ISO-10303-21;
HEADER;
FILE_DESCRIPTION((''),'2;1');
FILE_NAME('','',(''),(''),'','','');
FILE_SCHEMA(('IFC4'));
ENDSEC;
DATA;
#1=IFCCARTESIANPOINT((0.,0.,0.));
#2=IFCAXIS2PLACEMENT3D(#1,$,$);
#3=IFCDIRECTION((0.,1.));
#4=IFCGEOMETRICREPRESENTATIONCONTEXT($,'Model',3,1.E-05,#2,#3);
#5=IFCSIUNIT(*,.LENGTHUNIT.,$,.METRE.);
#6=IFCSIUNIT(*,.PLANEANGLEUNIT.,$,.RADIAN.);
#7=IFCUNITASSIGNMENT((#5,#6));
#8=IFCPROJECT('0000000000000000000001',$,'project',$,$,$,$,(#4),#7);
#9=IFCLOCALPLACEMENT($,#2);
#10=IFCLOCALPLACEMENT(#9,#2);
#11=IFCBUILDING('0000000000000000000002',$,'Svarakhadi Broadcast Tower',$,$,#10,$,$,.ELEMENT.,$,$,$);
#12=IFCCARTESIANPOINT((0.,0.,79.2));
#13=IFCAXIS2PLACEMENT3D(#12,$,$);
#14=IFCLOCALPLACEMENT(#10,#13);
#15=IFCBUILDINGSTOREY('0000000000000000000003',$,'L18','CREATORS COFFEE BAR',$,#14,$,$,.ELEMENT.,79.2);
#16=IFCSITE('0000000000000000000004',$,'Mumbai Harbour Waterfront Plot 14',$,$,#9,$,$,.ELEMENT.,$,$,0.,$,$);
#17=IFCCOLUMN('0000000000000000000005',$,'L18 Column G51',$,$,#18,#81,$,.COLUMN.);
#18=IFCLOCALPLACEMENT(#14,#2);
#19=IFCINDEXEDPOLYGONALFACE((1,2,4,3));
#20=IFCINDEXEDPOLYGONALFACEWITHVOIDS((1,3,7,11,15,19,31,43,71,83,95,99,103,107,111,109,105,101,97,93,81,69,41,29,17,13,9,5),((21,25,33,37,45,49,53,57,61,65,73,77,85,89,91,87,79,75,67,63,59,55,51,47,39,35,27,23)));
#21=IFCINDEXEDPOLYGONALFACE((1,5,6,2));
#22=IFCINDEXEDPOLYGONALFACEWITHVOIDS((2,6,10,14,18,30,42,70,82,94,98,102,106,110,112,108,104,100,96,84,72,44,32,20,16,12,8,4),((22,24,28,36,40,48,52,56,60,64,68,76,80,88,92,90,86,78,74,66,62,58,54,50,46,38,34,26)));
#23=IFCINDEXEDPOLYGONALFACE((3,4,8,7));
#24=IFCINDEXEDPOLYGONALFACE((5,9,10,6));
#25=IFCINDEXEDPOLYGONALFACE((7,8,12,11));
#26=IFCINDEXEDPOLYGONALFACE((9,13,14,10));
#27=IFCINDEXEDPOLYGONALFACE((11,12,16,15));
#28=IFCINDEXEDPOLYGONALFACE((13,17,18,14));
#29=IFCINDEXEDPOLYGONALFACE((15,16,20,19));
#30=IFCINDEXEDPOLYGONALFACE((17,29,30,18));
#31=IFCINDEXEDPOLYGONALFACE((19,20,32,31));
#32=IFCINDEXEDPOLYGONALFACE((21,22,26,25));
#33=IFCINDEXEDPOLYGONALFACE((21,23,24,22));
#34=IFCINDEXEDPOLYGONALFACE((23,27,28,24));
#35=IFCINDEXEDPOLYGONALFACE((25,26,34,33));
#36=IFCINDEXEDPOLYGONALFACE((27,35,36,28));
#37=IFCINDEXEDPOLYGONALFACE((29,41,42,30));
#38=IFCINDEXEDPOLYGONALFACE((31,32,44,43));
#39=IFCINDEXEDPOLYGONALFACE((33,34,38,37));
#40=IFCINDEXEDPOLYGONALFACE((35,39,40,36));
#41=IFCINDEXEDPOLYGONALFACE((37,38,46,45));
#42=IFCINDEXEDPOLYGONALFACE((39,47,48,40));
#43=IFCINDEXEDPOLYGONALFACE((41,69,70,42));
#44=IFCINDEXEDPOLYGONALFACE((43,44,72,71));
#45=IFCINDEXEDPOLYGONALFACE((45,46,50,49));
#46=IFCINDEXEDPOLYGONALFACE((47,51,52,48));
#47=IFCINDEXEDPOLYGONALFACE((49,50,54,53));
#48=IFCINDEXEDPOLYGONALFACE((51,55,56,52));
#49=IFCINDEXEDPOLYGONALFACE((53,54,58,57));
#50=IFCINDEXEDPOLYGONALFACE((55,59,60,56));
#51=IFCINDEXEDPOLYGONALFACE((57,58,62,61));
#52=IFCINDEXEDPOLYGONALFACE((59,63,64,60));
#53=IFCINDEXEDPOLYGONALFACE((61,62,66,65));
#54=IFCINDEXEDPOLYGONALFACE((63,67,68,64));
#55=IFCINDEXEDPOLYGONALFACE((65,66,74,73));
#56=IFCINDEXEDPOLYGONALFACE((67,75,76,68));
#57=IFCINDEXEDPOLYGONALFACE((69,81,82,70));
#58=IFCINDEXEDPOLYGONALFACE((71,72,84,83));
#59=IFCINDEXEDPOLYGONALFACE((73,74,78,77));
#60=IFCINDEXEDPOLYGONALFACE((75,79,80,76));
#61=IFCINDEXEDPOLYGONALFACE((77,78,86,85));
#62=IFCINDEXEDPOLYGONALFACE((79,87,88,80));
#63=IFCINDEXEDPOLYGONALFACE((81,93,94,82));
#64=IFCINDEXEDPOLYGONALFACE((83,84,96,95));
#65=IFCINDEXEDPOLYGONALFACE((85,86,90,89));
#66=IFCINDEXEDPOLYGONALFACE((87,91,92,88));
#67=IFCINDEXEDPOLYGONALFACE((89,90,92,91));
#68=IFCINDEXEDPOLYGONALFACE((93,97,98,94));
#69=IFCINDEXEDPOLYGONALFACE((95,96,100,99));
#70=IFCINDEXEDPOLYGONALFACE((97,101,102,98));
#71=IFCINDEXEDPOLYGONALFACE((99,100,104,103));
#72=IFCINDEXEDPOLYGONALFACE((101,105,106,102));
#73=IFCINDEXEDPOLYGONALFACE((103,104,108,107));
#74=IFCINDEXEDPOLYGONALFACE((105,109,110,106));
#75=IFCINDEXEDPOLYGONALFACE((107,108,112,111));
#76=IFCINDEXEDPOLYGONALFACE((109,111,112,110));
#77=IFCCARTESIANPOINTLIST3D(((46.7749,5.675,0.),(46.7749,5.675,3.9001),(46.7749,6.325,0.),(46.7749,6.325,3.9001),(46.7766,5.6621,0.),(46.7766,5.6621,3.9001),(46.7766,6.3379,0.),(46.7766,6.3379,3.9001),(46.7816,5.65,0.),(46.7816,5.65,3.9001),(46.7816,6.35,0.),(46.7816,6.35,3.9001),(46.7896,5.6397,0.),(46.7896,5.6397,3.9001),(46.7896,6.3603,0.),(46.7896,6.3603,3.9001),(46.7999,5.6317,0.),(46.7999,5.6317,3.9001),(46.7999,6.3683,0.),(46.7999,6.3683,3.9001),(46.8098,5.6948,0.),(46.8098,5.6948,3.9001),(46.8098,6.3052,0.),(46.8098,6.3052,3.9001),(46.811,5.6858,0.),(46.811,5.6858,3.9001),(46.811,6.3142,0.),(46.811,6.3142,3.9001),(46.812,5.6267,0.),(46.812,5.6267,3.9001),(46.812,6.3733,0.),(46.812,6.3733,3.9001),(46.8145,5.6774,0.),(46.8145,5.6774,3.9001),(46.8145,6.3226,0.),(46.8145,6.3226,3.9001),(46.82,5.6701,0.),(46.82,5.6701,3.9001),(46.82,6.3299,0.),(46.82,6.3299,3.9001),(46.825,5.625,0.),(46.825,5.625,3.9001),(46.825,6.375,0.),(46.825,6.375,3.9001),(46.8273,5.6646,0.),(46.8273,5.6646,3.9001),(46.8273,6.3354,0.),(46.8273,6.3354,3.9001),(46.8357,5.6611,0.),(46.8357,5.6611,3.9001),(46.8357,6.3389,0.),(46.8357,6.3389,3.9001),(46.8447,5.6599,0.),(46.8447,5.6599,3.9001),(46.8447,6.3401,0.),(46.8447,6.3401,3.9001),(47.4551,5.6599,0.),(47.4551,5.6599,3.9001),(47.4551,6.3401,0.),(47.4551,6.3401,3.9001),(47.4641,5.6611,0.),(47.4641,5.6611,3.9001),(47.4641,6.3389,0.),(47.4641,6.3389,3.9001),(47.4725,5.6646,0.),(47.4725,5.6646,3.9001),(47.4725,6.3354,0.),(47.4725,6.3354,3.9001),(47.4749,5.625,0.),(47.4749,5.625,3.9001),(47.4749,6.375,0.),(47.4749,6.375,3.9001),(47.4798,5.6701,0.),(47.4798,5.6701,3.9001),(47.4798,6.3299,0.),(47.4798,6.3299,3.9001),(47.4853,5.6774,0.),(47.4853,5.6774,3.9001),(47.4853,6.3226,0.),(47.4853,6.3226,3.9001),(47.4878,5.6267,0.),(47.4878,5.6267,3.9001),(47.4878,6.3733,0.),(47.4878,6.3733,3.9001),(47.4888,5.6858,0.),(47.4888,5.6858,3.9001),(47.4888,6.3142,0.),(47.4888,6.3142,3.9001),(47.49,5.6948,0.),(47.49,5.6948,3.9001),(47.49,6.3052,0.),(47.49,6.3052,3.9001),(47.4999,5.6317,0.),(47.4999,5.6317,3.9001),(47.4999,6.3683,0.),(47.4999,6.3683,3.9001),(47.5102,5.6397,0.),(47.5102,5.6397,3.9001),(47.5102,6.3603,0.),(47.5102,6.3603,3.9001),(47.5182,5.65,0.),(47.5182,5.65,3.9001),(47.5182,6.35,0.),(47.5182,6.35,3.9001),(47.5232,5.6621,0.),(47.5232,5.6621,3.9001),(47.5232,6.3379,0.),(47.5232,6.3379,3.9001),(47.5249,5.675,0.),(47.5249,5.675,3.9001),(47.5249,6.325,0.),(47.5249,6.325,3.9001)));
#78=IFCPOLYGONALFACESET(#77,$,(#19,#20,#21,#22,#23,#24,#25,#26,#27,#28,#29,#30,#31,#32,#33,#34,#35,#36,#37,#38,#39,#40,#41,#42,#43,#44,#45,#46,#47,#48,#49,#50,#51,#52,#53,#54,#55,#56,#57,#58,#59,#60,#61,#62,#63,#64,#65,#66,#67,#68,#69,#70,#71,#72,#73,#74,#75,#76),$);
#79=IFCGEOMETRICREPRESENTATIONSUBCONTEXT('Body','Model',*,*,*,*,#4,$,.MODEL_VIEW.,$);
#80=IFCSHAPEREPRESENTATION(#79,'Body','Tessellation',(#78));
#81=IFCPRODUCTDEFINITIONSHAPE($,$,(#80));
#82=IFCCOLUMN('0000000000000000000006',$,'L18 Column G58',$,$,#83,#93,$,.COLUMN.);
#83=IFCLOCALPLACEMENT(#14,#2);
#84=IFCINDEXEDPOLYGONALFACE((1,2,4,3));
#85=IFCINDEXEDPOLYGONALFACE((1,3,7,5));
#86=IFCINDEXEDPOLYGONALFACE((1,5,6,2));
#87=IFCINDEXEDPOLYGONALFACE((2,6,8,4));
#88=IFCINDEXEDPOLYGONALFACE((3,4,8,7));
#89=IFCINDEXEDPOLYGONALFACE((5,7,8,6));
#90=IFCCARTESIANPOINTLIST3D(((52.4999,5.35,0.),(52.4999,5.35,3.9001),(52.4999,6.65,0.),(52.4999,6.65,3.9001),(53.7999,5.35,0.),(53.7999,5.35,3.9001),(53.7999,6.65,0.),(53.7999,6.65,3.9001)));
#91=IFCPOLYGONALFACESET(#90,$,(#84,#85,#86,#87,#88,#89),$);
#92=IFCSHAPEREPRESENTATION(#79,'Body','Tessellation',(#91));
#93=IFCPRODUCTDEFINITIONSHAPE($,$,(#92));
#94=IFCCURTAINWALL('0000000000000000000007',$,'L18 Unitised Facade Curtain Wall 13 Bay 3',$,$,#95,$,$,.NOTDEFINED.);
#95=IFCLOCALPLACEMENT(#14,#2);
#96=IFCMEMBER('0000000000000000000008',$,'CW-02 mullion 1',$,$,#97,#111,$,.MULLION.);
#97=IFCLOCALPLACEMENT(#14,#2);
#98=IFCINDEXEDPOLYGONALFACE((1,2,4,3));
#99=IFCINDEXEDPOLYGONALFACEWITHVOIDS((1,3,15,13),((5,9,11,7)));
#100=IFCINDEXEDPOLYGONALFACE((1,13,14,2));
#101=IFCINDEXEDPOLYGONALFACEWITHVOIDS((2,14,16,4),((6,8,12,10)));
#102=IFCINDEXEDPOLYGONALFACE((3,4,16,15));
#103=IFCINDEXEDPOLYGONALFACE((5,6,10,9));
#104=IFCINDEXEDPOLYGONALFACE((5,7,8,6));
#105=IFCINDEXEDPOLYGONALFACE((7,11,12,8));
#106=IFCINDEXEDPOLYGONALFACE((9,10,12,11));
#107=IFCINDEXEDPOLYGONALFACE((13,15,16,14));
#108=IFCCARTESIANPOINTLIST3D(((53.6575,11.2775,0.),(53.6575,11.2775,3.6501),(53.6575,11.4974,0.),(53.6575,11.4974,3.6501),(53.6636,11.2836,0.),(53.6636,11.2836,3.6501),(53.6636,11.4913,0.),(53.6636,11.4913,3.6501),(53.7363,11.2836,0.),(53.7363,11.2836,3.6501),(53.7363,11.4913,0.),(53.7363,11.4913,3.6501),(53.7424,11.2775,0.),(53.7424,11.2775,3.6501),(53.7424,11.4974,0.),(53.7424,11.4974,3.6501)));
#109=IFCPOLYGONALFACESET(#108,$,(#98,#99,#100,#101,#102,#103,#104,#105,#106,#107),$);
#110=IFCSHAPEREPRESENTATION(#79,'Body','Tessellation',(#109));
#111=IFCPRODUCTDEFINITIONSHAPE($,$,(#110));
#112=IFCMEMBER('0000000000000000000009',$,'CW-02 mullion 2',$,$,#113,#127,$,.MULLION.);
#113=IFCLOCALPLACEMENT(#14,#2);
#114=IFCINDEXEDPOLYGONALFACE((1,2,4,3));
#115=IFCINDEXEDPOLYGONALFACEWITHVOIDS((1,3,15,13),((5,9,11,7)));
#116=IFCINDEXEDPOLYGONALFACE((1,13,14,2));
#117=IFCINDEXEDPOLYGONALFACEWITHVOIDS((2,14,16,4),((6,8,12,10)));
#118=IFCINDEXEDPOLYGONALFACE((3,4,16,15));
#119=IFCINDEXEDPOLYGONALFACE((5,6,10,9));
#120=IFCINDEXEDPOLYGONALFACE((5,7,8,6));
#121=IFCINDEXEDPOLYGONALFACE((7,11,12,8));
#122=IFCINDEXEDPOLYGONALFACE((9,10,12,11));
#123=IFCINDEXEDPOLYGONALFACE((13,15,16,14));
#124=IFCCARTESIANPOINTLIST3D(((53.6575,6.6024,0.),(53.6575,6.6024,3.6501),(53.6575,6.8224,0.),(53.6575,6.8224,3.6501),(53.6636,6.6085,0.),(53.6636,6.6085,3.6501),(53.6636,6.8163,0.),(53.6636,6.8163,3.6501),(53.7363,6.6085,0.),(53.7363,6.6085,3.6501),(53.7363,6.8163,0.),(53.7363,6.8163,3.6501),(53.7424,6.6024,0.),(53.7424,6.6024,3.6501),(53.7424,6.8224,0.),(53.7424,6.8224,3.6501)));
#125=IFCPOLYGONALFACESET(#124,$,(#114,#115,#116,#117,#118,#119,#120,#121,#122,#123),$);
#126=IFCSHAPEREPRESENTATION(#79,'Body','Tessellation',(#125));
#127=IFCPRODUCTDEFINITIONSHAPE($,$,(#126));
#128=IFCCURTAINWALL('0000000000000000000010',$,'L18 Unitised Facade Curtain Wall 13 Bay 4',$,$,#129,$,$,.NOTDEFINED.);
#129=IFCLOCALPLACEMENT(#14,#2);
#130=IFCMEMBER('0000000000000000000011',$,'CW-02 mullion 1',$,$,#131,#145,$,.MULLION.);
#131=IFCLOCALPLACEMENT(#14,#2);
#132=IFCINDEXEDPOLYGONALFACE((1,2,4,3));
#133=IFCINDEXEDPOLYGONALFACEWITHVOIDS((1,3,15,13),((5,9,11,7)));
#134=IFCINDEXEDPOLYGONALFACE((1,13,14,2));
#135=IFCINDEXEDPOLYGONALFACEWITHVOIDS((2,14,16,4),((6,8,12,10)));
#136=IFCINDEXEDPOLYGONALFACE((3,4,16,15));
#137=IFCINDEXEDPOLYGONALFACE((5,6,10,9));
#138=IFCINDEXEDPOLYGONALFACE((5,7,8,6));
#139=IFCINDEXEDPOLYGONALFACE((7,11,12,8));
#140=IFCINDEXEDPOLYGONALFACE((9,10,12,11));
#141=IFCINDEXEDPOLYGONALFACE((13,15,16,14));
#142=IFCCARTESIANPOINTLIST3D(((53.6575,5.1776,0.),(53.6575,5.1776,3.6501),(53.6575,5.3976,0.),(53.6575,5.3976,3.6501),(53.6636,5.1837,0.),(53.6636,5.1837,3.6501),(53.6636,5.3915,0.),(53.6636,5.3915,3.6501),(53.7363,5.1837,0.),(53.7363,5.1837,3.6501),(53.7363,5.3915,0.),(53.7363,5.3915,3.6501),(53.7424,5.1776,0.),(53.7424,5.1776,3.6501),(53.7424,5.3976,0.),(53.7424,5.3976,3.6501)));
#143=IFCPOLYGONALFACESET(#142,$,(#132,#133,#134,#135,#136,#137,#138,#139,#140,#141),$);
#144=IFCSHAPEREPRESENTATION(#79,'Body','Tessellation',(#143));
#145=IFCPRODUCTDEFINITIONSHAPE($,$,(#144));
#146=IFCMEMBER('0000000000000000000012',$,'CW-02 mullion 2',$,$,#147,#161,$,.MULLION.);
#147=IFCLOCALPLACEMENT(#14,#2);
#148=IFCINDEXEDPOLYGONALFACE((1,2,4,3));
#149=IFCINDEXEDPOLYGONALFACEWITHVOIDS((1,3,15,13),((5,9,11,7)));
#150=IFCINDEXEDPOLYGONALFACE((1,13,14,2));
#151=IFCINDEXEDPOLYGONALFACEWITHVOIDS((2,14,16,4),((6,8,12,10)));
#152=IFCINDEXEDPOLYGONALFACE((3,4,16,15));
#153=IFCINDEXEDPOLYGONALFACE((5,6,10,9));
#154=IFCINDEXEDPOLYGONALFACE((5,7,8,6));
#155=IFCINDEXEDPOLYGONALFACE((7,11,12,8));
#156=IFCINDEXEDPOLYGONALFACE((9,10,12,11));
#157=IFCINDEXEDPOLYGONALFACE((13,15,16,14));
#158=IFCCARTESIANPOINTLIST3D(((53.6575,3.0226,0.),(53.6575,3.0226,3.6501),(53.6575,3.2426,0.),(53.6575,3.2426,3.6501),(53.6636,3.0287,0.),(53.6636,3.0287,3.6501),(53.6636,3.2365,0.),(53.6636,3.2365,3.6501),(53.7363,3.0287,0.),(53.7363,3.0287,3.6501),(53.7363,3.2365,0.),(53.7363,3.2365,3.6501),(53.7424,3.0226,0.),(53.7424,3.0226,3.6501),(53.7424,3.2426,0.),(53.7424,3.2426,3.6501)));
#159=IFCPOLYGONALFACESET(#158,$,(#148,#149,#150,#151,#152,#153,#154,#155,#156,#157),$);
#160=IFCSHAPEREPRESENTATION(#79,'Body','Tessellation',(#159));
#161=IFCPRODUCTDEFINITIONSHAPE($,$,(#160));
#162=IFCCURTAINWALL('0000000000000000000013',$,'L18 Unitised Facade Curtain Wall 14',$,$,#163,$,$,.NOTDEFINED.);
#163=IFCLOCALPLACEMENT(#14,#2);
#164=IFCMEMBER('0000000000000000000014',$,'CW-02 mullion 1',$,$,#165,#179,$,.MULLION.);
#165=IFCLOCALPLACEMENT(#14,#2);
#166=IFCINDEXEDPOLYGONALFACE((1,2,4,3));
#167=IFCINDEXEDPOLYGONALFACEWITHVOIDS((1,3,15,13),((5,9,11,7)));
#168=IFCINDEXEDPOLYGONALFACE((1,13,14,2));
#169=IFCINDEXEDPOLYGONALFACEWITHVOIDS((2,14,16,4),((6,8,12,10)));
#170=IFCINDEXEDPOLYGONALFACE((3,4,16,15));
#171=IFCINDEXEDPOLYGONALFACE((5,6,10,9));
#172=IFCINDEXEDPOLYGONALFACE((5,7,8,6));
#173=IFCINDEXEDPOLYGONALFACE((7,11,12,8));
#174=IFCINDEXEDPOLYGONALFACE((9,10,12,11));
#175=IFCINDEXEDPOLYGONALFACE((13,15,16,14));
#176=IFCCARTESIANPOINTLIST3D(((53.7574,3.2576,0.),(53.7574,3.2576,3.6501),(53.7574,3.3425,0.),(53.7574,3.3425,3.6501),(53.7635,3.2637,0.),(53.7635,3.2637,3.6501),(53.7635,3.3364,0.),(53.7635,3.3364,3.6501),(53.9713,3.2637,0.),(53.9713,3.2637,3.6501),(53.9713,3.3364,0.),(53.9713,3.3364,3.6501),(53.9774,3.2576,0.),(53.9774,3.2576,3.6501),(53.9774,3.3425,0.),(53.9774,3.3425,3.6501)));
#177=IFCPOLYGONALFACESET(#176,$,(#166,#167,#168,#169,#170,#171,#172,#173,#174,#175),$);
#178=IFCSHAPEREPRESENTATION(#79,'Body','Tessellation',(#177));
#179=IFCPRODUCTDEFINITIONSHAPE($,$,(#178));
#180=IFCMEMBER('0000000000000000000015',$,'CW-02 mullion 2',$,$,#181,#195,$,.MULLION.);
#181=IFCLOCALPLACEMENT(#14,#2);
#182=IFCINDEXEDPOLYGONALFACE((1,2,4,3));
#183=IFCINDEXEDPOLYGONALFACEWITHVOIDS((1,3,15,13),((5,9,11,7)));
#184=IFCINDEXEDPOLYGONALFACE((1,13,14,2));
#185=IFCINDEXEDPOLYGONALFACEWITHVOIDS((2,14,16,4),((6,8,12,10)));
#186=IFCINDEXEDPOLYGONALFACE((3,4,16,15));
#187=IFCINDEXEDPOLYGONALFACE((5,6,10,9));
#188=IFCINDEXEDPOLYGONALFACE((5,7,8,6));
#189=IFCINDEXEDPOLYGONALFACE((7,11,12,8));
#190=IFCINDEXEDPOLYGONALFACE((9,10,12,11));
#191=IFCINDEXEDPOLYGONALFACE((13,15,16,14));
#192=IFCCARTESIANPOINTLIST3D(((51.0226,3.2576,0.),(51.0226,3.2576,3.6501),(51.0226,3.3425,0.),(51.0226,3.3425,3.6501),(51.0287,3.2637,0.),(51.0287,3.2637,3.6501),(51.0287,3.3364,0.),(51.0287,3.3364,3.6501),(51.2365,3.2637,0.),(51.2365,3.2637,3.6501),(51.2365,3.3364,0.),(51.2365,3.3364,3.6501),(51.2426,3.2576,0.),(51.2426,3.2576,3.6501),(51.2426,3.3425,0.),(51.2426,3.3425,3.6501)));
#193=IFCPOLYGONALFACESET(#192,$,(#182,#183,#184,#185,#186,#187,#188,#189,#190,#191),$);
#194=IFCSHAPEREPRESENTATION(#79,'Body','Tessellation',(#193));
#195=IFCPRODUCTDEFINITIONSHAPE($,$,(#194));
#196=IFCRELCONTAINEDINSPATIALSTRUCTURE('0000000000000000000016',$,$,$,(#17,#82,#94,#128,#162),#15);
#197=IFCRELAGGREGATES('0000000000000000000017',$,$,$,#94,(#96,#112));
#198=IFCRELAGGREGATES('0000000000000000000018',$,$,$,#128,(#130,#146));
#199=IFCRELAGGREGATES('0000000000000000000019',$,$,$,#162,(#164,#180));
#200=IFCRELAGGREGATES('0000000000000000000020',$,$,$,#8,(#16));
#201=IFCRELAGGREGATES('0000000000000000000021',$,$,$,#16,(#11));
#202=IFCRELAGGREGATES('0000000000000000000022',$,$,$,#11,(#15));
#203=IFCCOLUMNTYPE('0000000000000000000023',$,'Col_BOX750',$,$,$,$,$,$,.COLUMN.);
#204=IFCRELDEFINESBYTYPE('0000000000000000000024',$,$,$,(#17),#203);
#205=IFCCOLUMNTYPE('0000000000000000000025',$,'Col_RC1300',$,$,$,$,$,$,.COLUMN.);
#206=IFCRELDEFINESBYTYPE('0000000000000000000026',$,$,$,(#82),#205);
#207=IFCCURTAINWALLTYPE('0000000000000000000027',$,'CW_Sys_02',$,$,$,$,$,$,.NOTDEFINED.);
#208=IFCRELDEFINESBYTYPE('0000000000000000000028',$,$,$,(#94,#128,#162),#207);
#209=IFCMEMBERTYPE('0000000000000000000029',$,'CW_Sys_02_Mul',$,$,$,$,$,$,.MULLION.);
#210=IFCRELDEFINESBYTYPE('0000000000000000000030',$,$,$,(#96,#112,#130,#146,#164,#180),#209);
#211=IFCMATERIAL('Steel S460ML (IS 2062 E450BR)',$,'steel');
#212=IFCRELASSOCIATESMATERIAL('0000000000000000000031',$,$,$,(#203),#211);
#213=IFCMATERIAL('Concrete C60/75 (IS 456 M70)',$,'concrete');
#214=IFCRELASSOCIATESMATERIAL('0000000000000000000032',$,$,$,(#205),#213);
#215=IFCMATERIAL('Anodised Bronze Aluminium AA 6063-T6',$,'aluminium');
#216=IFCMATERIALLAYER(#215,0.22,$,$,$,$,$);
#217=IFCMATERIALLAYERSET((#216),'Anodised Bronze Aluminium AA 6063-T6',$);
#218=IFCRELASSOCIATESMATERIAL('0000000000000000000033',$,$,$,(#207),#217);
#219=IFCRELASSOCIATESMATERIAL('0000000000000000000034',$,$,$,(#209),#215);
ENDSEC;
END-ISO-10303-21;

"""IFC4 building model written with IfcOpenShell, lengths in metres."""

from ifc_helpers import new_model, si_unit, direction, frame, origin, origin_2d, place, context, subcontext, project, spatial, rectangle, hollow_rectangle, extrude, material, layer, layer_set, material_profile, profile_set, type_object, element, aggregate, save


model = new_model("IFC4")

# Units and contexts
model_context = context("Model", 3, precision=1e-05, world=origin(), true_north=direction((0.0, 1.0)))
body_context = subcontext(model_context, "Body", "Model", "MODEL_VIEW")
ifc_project = project(units=[si_unit("LENGTHUNIT", "METRE"), si_unit("PLANEANGLEUNIT", "RADIAN")], contexts=[model_context])

# Site, building, storey
site_placement = place(None, origin())
site = spatial("IfcSite", under=ifc_project, at=site_placement, Name="Mumbai Harbour Waterfront Plot 14", CompositionType="ELEMENT", RefElevation=0.0)
building_placement = place(site_placement, origin())
building = spatial("IfcBuilding", under=site, at=building_placement, Name="Svarakhadi Broadcast Tower", CompositionType="ELEMENT")
storey_placement = place(building_placement, frame((0.0, 0.0, 79.2)))
storey = spatial("IfcBuildingStorey", under=building, at=storey_placement, Name="L18", Description="CREATORS COFFEE BAR", CompositionType="ELEMENT", Elevation=79.2)

# Columns
ifc_material_1 = material(Name="Steel S460ML (IS 2062 E450BR)", Category="steel")
ifc_material_profile_1 = material_profile(ifc_material_1, hollow_rectangle(XDim=0.75, YDim=0.75, WallThickness=0.0349, InnerFilletRadius=0.0349, OuterFilletRadius=0.05, at=origin_2d()), Name="BOX 750x750x35")
ifc_profile_set_1 = profile_set([ifc_material_profile_1], Name="Steel S460ML (IS 2062 E450BR)")
column_type_1 = type_object("IfcColumnType", Name="Col_BOX750", PredefinedType="COLUMN", material=ifc_profile_set_1)
column_1_placement = place(storey_placement, frame((47.1499, 6.0, 0.0), z_axis=(0.0, 0.0, 1.0), x_axis=(1.0, 0.0, 0.0)))
element("IfcColumn", 1, at=column_1_placement, inside=storey, type_object=column_type_1, Name="L18 Column G51", PredefinedType="COLUMN", context=body_context, shape_type="SweptSolid", body=[
    extrude(hollow_rectangle(XDim=0.75, YDim=0.75, WallThickness=0.0349, InnerFilletRadius=0.0349, OuterFilletRadius=0.05, at=origin_2d()), origin(), (0.0, 0.0, 1.0), 3.9001),
])
ifc_material_2 = material(Name="Concrete C60/75 (IS 456 M70)", Category="concrete")
ifc_material_profile_2 = material_profile(ifc_material_2, rectangle(XDim=1.3, YDim=1.3, at=origin_2d()), Name="RC 1300x1300")
ifc_profile_set_2 = profile_set([ifc_material_profile_2], Name="Concrete C60/75 (IS 456 M70)")
column_type_2 = type_object("IfcColumnType", Name="Col_RC1300", PredefinedType="COLUMN", material=ifc_profile_set_2)
column_2_placement = place(storey_placement, frame((53.1499, 6.0, 0.0), z_axis=(0.0, 0.0, 1.0), x_axis=(1.0, 0.0, 0.0)))
element("IfcColumn", 2, at=column_2_placement, inside=storey, type_object=column_type_2, Name="L18 Column G58", PredefinedType="COLUMN", context=body_context, shape_type="SweptSolid", body=[
    extrude(rectangle(XDim=1.3, YDim=1.3, at=origin_2d()), origin(), (0.0, 0.0, 1.0), 3.9001),
])

# Curtain walls, members
ifc_material_3 = material(Name="Anodised Bronze Aluminium AA 6063-T6", Category="aluminium")
ifc_layer_1 = layer(ifc_material_3, 0.22)
ifc_layer_set_1 = layer_set([ifc_layer_1], Name="Anodised Bronze Aluminium AA 6063-T6")
curtain_wall_type = type_object("IfcCurtainWallType", Name="CW_Sys_02", PredefinedType="NOTDEFINED", material=ifc_layer_set_1)
curtain_wall_1_placement = place(storey_placement, origin())
curtain_wall_1 = element("IfcCurtainWall", 3, at=curtain_wall_1_placement, inside=storey, type_object=curtain_wall_type, Name="L18 Unitised Facade Curtain Wall 13 Bay 3", PredefinedType="NOTDEFINED")
ifc_material_profile_3 = material_profile(ifc_material_3, hollow_rectangle(XDim=0.085, YDim=0.22, WallThickness=0.0061, at=origin_2d()), Name="ALU MULLION 220x85x6")
ifc_profile_set_3 = profile_set([ifc_material_profile_3], Name="Anodised Bronze Aluminium AA 6063-T6")
member_type_1 = type_object("IfcMemberType", Name="CW_Sys_02_Mul", PredefinedType="MULLION", material=ifc_profile_set_3)
member_1_placement = place(storey_placement, frame((53.7, 11.3875, 0.0), z_axis=(0.0, 0.0, 1.0), x_axis=(1.0, 0.0, 0.0)))
member_1 = element("IfcMember", 4, at=member_1_placement, type_object=member_type_1, Name="CW-02 mullion 1", PredefinedType="MULLION", context=body_context, shape_type="SweptSolid", body=[
    extrude(hollow_rectangle(XDim=0.085, YDim=0.22, WallThickness=0.0061, at=origin_2d()), origin(), (0.0, 0.0, 1.0), 3.6501),
])
member_2_placement = place(storey_placement, frame((53.7, 6.7124, 0.0), z_axis=(0.0, 0.0, 1.0), x_axis=(1.0, 0.0, 0.0)))
member_2 = element("IfcMember", 5, at=member_2_placement, type_object=member_type_1, Name="CW-02 mullion 2", PredefinedType="MULLION", context=body_context, shape_type="SweptSolid", body=[
    extrude(hollow_rectangle(XDim=0.085, YDim=0.22, WallThickness=0.0061, at=origin_2d()), origin(), (0.0, 0.0, 1.0), 3.6501),
])
curtain_wall_2_placement = place(storey_placement, origin())
curtain_wall_2 = element("IfcCurtainWall", 6, at=curtain_wall_2_placement, inside=storey, type_object=curtain_wall_type, Name="L18 Unitised Facade Curtain Wall 13 Bay 4", PredefinedType="NOTDEFINED")
member_3_placement = place(storey_placement, frame((53.7, 5.2876, 0.0), z_axis=(0.0, 0.0, 1.0), x_axis=(1.0, 0.0, 0.0)))
member_3 = element("IfcMember", 7, at=member_3_placement, type_object=member_type_1, Name="CW-02 mullion 1", PredefinedType="MULLION", context=body_context, shape_type="SweptSolid", body=[
    extrude(hollow_rectangle(XDim=0.085, YDim=0.22, WallThickness=0.0061, at=origin_2d()), origin(), (0.0, 0.0, 1.0), 3.6501),
])
member_4_placement = place(storey_placement, frame((53.7, 3.1326, 0.0), z_axis=(0.0, 0.0, 1.0), x_axis=(1.0, 0.0, 0.0)))
member_4 = element("IfcMember", 8, at=member_4_placement, type_object=member_type_1, Name="CW-02 mullion 2", PredefinedType="MULLION", context=body_context, shape_type="SweptSolid", body=[
    extrude(hollow_rectangle(XDim=0.085, YDim=0.22, WallThickness=0.0061, at=origin_2d()), origin(), (0.0, 0.0, 1.0), 3.6501),
])
curtain_wall_3_placement = place(storey_placement, origin())
curtain_wall_3 = element("IfcCurtainWall", 9, at=curtain_wall_3_placement, inside=storey, type_object=curtain_wall_type, Name="L18 Unitised Facade Curtain Wall 14", PredefinedType="NOTDEFINED")
member_5_placement = place(storey_placement, frame((53.8674, 3.3, 0.0), z_axis=(0.0, 0.0, 1.0), x_axis=(0.0, -1.0, 0.0)))
member_5 = element("IfcMember", 10, at=member_5_placement, type_object=member_type_1, Name="CW-02 mullion 1", PredefinedType="MULLION", context=body_context, shape_type="SweptSolid", body=[
    extrude(hollow_rectangle(XDim=0.085, YDim=0.22, WallThickness=0.0061, at=origin_2d()), origin(), (0.0, 0.0, 1.0), 3.6501),
])
member_6_placement = place(storey_placement, frame((51.1326, 3.3, 0.0), z_axis=(0.0, 0.0, 1.0), x_axis=(0.0, -1.0, 0.0)))
member_6 = element("IfcMember", 11, at=member_6_placement, type_object=member_type_1, Name="CW-02 mullion 2", PredefinedType="MULLION", context=body_context, shape_type="SweptSolid", body=[
    extrude(hollow_rectangle(XDim=0.085, YDim=0.22, WallThickness=0.0061, at=origin_2d()), origin(), (0.0, 0.0, 1.0), 3.6501),
])

aggregate(curtain_wall_1, [member_1, member_2])
aggregate(curtain_wall_2, [member_3, member_4])
aggregate(curtain_wall_3, [member_5, member_6])

save(model, "model.ifc")
